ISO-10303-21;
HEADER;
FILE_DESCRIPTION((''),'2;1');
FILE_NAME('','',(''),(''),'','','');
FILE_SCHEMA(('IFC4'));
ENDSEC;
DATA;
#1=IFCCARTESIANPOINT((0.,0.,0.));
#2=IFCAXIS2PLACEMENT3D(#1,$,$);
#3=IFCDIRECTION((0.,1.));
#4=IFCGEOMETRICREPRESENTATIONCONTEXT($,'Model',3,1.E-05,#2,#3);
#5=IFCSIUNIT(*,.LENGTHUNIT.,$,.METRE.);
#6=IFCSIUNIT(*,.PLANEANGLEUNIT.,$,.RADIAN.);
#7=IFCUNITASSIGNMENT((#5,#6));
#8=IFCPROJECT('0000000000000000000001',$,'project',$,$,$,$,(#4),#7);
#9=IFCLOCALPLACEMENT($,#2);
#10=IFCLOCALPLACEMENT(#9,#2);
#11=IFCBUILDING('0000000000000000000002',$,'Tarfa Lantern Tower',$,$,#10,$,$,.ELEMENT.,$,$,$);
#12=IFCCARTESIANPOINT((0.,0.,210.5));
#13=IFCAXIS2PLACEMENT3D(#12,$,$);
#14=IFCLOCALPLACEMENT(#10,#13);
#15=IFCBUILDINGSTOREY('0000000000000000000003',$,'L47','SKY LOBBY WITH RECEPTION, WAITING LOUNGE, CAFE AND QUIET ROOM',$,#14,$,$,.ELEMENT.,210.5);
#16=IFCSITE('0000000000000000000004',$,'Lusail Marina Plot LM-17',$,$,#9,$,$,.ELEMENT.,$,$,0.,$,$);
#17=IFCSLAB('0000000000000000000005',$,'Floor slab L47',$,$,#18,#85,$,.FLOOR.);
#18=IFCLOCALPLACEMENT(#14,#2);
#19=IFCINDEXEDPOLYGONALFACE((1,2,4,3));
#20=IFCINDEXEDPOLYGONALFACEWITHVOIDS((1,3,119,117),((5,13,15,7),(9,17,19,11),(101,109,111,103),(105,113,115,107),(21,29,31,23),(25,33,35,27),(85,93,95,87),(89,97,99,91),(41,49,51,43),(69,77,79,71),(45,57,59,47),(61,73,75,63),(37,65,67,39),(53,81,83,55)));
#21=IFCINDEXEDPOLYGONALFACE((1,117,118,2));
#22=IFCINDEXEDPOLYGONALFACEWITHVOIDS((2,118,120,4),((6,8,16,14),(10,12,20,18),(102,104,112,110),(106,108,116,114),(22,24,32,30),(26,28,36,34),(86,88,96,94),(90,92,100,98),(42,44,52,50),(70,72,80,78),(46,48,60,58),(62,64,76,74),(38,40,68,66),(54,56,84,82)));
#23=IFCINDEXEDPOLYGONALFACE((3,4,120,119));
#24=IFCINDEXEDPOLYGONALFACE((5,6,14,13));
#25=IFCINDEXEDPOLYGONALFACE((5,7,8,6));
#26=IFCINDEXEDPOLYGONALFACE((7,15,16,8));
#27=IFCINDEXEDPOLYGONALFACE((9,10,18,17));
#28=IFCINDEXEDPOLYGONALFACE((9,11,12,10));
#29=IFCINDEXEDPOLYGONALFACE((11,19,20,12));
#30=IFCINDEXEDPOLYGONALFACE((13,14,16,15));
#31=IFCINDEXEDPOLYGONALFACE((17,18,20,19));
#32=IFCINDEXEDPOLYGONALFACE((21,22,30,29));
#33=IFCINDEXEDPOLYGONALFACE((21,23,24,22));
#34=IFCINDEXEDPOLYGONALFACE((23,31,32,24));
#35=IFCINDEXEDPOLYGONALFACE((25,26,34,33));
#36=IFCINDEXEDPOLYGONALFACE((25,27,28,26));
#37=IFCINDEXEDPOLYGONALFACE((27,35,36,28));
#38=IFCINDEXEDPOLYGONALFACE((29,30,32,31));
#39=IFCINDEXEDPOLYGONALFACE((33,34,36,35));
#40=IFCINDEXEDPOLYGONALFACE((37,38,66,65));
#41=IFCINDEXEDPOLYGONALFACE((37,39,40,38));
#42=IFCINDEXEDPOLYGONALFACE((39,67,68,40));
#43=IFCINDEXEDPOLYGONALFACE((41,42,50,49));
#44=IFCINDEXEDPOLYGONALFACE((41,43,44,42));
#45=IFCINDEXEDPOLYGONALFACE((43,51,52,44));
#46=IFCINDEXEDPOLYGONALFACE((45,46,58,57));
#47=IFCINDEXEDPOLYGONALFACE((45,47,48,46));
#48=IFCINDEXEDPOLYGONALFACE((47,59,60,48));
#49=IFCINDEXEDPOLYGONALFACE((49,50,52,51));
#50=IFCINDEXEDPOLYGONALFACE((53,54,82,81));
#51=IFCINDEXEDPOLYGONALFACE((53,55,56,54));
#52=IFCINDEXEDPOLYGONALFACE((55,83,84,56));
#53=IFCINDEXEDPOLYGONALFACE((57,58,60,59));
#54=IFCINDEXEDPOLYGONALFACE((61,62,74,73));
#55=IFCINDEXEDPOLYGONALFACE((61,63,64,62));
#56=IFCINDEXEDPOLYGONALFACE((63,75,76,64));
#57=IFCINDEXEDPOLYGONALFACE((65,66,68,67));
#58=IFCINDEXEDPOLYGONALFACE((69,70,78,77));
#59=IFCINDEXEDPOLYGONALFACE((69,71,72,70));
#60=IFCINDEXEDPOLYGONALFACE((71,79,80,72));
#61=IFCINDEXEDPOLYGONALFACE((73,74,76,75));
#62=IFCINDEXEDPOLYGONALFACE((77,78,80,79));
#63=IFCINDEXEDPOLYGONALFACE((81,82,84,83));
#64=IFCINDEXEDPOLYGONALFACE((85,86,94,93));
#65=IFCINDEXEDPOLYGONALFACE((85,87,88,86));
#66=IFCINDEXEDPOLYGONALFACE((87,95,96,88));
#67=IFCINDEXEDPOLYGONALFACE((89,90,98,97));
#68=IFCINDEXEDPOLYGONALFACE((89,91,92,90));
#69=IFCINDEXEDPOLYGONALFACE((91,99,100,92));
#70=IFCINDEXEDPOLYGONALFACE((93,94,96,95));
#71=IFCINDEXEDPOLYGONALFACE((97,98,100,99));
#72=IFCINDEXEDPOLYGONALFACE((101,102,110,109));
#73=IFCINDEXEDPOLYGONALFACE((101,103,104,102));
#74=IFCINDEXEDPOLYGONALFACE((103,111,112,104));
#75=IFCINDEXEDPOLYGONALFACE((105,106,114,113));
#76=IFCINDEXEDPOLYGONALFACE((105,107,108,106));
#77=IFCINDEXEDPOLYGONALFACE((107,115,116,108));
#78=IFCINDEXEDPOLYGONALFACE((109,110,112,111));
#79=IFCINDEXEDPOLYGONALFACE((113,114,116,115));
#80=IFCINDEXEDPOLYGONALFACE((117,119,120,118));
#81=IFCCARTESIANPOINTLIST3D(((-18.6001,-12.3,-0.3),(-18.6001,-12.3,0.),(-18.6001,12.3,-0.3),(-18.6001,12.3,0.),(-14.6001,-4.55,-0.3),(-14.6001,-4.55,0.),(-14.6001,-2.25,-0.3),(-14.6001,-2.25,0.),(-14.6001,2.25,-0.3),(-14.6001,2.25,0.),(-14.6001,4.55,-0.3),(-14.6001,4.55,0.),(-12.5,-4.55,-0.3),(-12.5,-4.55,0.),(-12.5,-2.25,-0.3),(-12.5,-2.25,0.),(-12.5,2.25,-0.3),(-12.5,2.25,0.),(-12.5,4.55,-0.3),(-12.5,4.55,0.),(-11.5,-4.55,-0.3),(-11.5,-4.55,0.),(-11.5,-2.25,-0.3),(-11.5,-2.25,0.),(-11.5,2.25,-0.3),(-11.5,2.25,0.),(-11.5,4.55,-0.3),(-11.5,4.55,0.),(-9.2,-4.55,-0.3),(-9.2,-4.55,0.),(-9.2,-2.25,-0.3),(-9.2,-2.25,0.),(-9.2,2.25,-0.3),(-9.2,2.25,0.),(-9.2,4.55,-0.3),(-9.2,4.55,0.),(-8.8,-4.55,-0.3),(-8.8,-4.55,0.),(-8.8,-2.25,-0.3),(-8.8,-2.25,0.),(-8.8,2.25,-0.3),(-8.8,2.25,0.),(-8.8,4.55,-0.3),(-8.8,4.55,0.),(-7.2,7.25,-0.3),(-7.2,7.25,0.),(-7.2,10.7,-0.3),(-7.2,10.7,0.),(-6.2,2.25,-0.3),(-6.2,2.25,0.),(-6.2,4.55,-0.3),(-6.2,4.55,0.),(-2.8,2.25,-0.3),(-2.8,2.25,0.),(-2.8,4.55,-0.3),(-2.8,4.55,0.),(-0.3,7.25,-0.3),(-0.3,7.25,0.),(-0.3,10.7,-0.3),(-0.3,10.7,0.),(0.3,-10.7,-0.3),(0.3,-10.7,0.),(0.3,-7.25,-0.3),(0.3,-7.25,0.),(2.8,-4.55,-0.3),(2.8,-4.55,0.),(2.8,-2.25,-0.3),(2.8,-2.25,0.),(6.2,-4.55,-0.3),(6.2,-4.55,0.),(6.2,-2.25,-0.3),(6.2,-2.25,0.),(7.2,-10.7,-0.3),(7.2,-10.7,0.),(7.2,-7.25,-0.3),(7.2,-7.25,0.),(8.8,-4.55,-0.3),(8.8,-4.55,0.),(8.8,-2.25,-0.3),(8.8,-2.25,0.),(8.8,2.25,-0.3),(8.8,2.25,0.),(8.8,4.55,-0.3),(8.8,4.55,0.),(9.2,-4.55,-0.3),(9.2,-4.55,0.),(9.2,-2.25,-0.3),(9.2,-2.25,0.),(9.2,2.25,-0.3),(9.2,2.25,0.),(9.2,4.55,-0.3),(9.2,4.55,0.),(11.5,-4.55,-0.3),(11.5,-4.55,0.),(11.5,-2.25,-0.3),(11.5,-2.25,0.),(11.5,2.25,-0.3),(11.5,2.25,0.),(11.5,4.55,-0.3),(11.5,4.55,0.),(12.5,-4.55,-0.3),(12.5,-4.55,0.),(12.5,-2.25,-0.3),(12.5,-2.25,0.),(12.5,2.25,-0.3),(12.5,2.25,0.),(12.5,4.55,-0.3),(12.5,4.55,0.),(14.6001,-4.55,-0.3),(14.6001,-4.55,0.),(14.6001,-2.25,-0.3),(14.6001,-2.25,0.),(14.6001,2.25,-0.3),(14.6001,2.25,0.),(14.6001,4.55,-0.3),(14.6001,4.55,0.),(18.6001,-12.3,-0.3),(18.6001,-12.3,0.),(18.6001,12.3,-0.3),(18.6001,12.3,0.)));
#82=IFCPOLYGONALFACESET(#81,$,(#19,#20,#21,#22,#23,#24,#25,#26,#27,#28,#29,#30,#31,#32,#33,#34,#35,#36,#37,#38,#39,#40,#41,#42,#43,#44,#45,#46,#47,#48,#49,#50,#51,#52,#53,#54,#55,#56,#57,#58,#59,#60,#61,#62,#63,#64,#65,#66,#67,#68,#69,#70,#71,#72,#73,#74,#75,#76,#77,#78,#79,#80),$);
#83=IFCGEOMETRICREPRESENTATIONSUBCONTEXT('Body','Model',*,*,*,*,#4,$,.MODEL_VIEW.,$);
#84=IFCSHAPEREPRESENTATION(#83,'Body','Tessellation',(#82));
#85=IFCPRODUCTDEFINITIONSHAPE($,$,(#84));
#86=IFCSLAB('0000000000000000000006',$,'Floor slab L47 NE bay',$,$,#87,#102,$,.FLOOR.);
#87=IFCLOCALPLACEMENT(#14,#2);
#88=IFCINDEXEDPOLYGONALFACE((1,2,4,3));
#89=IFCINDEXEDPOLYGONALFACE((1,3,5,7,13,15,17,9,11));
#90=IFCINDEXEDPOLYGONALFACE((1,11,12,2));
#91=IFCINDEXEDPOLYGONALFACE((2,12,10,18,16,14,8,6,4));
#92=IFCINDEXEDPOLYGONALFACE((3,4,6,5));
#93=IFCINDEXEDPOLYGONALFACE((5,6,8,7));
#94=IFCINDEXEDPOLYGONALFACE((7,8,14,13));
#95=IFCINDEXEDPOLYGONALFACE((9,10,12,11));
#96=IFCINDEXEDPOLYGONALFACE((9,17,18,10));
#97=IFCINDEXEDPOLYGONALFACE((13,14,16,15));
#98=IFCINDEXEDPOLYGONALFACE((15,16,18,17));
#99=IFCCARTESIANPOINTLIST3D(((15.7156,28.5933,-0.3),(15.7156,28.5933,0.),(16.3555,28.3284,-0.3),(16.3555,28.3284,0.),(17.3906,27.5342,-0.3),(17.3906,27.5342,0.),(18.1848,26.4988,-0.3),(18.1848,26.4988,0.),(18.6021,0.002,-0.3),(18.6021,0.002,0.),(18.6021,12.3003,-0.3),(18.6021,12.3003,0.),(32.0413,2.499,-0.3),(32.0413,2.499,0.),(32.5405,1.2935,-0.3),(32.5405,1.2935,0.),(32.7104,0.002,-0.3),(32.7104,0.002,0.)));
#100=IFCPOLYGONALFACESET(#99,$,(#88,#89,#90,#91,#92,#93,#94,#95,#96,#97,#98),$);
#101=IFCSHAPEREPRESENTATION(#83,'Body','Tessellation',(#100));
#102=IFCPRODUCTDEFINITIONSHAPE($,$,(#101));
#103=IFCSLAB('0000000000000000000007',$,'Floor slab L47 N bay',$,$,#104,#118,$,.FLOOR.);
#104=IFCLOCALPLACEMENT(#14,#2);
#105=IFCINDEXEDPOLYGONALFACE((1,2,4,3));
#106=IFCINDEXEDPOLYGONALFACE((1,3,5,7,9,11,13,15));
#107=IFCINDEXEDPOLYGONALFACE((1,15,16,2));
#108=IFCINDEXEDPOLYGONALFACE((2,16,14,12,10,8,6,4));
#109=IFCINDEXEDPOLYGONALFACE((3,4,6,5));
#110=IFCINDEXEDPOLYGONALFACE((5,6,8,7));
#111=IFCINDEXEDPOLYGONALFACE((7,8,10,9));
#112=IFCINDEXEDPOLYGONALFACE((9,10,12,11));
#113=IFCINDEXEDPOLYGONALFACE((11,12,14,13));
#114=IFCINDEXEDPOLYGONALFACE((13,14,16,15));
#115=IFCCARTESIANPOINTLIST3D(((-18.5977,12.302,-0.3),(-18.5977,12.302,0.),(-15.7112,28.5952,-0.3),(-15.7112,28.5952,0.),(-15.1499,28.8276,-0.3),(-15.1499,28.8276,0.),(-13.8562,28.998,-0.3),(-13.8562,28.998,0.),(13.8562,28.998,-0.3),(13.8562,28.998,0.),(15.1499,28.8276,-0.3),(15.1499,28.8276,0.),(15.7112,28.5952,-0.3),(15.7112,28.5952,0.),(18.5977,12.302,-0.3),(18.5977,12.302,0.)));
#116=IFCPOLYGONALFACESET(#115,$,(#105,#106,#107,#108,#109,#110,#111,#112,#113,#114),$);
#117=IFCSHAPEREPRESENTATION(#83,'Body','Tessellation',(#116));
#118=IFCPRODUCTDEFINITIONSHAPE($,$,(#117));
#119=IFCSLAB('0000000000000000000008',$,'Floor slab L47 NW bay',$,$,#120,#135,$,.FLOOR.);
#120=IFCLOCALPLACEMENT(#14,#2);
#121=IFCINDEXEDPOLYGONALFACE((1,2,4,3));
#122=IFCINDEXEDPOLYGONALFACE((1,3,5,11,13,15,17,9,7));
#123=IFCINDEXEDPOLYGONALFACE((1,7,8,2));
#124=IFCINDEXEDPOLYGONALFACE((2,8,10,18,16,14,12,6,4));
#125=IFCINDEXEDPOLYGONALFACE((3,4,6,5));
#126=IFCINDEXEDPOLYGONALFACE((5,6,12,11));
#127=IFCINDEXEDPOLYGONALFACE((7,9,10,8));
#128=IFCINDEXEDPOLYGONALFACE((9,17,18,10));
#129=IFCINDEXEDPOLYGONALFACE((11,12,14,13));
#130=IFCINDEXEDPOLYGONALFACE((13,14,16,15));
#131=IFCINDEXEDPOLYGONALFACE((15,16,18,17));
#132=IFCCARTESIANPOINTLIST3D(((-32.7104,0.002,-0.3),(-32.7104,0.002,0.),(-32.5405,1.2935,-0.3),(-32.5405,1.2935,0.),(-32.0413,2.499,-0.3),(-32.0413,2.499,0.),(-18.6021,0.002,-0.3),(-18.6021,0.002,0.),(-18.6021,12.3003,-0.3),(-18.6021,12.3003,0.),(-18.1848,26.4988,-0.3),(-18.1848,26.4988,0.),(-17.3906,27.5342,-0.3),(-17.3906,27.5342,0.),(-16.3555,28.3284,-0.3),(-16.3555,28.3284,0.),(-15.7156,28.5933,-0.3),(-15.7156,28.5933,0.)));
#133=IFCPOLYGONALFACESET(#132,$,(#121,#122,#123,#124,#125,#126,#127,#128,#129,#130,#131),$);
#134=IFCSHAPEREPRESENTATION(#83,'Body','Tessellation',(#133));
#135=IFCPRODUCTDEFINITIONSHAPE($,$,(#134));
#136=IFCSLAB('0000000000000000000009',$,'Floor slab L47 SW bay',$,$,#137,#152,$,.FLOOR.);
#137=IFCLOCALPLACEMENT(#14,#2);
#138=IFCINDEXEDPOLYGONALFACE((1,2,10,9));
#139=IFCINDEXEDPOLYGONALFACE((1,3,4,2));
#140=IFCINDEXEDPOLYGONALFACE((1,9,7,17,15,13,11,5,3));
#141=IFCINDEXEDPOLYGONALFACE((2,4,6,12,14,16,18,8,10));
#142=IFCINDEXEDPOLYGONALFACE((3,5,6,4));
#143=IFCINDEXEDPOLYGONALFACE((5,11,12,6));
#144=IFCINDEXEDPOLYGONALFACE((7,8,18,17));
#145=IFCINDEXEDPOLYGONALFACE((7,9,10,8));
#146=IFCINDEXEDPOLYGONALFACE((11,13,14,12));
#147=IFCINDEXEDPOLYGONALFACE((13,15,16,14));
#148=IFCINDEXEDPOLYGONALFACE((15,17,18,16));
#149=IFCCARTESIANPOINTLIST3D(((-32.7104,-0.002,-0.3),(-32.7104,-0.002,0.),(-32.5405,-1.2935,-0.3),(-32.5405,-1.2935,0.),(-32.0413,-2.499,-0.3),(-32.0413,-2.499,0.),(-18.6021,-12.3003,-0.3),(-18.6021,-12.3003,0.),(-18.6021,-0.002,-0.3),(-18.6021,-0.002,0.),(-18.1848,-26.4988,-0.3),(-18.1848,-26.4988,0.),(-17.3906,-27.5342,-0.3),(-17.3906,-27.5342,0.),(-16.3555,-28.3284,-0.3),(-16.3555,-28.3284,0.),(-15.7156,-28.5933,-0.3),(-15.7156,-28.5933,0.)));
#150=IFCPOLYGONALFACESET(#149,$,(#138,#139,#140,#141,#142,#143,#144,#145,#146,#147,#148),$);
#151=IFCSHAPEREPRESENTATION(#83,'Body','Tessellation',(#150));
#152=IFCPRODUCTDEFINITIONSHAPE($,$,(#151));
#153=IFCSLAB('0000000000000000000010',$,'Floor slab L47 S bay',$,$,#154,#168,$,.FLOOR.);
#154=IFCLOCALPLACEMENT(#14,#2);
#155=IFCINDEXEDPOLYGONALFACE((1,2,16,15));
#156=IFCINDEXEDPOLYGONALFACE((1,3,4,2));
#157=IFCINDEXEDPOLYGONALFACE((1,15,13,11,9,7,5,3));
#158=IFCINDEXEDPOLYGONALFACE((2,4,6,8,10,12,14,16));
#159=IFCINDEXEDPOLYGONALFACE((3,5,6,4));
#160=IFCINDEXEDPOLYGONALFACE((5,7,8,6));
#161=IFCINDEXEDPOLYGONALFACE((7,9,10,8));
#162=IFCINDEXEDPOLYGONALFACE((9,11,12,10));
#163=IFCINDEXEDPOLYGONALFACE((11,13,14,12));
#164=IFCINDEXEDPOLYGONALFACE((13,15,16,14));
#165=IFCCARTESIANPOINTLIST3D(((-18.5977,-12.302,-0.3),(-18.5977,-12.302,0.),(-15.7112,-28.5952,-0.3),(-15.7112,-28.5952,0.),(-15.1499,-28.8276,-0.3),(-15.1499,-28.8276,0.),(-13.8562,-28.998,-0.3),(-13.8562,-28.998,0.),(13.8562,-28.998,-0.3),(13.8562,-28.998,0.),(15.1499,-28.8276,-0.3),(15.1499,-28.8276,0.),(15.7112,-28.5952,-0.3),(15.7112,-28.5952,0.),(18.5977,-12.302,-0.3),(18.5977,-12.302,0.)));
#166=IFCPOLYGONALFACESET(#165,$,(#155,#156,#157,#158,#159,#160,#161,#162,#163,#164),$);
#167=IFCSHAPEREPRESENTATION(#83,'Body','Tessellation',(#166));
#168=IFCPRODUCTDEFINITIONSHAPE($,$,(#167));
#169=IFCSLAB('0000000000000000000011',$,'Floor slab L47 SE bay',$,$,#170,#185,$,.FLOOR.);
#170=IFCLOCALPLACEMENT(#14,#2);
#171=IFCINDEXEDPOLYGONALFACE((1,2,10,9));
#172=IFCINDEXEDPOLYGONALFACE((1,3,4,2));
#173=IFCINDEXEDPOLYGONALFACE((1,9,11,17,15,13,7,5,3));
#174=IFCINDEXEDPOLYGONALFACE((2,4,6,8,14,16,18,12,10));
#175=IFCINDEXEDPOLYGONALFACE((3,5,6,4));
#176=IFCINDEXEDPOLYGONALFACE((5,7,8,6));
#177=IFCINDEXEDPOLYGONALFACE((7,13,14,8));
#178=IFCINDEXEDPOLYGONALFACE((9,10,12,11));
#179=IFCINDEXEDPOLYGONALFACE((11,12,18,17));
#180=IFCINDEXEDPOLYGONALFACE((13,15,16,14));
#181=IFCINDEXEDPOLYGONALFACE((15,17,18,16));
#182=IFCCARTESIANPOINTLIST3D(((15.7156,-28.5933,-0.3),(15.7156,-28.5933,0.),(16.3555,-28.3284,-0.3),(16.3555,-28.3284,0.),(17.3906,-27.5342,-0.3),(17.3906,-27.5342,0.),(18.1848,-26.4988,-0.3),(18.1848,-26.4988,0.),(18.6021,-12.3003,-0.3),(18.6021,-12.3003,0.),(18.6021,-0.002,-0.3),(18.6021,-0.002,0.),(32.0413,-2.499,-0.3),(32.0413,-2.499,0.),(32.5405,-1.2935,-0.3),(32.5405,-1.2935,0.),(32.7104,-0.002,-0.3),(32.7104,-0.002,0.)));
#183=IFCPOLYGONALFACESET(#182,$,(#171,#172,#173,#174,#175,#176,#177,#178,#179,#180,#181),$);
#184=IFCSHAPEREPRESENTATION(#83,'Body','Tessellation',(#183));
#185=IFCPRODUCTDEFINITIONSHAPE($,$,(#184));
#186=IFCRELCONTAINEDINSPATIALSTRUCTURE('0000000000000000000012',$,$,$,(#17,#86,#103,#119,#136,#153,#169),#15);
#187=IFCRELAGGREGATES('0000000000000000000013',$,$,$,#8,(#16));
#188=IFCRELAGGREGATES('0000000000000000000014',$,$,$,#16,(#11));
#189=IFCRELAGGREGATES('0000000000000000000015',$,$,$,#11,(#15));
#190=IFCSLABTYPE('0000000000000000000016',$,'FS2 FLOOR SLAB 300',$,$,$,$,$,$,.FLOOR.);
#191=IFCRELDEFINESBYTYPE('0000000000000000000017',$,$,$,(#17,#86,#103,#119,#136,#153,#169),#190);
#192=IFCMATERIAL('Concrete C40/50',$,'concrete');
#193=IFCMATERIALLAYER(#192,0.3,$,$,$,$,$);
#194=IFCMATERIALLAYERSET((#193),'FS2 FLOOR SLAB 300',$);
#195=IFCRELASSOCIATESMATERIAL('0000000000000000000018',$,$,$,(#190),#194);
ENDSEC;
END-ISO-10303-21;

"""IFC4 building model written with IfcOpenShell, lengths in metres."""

from ifc_helpers import new_model, si_unit, direction, frame, origin, place, context, subcontext, project, spatial, polyline, outline, extrude, material, layer, layer_set, type_object, element, save


model = new_model("IFC4")

# Units and contexts
model_context = context("Model", 3, precision=1e-05, world=origin(), true_north=direction((0.0, 1.0)))
body_context = subcontext(model_context, "Body", "Model", "MODEL_VIEW")
ifc_project = project(units=[si_unit("LENGTHUNIT", "METRE"), si_unit("PLANEANGLEUNIT", "RADIAN")], contexts=[model_context])

# Site, building, storey
site_placement = place(None, origin())
site = spatial("IfcSite", under=ifc_project, at=site_placement, Name="Lusail Marina Plot LM-17", CompositionType="ELEMENT", RefElevation=0.0)
building_placement = place(site_placement, origin())
building = spatial("IfcBuilding", under=site, at=building_placement, Name="Tarfa Lantern Tower", CompositionType="ELEMENT")
storey_placement = place(building_placement, frame((0.0, 0.0, 210.5)))
storey = spatial("IfcBuildingStorey", under=building, at=storey_placement, Name="L47", Description="SKY LOBBY WITH RECEPTION, WAITING LOUNGE, CAFE AND QUIET ROOM", CompositionType="ELEMENT", Elevation=210.5)

# Slabs
ifc_material_1 = material(Name="Concrete C40/50", Category="concrete")
ifc_layer_1 = layer(ifc_material_1, 0.3)
ifc_layer_set_1 = layer_set([ifc_layer_1], Name="FS2 FLOOR SLAB 300")
slab_type = type_object("IfcSlabType", Name="FS2 FLOOR SLAB 300", PredefinedType="FLOOR", material=ifc_layer_set_1)
slab_1_placement = place(storey_placement, frame((0.0, 0.0, -0.3)))
element("IfcSlab", 1, at=slab_1_placement, inside=storey, type_object=slab_type, Name="Floor slab L47", PredefinedType="FLOOR", context=body_context, shape_type="SweptSolid", body=[
    extrude(outline(polyline([(-18.6001, -12.3), (18.6001, -12.3), (18.6001, 12.3), (-18.6001, 12.3), (-18.6001, -12.3)]), holes=[polyline([(-14.6001, 2.25), (-12.5, 2.25), (-12.5, 4.55), (-14.6001, 4.55), (-14.6001, 2.25)]), polyline([(-11.5, 2.25), (-9.2, 2.25), (-9.2, 4.55), (-11.5, 4.55), (-11.5, 2.25)]), polyline([(-8.8, 2.25), (-6.2, 2.25), (-6.2, 4.55), (-8.8, 4.55), (-8.8, 2.25)]), polyline([(-2.8, 2.25), (8.8, 2.25), (8.8, 4.55), (-2.8, 4.55), (-2.8, 2.25)]), polyline([(9.2, 2.25), (11.5, 2.25), (11.5, 4.55), (9.2, 4.55), (9.2, 2.25)]), polyline([(12.5, 2.25), (14.6001, 2.25), (14.6001, 4.55), (12.5, 4.55), (12.5, 2.25)]), polyline([(14.6001, -2.25), (12.5, -2.25), (12.5, -4.55), (14.6001, -4.55), (14.6001, -2.25)]), polyline([(11.5, -2.25), (9.2, -2.25), (9.2, -4.55), (11.5, -4.55), (11.5, -2.25)]), polyline([(8.8, -2.25), (6.2, -2.25), (6.2, -4.55), (8.8, -4.55), (8.8, -2.25)]), polyline([(2.8, -2.25), (-8.8, -2.25), (-8.8, -4.55), (2.8, -4.55), (2.8, -2.25)]), polyline([(-9.2, -2.25), (-11.5, -2.25), (-11.5, -4.55), (-9.2, -4.55), (-9.2, -2.25)]), polyline([(-12.5, -2.25), (-14.6001, -2.25), (-14.6001, -4.55), (-12.5, -4.55), (-12.5, -2.25)]), polyline([(-7.2, 7.25), (-0.3, 7.25), (-0.3, 10.7), (-7.2, 10.7), (-7.2, 7.25)]), polyline([(7.2, -7.25), (0.3, -7.25), (0.3, -10.7), (7.2, -10.7), (7.2, -7.25)])]), origin(), (0.0, 0.0, 1.0), 0.3),
])
slab_2_placement = place(storey_placement, frame((0.0, 0.0, -0.3)))
element("IfcSlab", 2, at=slab_2_placement, inside=storey, type_object=slab_type, Name="Floor slab L47 NE bay", PredefinedType="FLOOR", context=body_context, shape_type="SweptSolid", body=[
    extrude(outline(polyline([(32.0413, 2.499), (18.1848, 26.4988), (17.3906, 27.5342), (16.3555, 28.3284), (15.7156, 28.5933), (18.6021, 12.3003), (18.6021, 0.002), (32.7104, 0.002), (32.5405, 1.2935), (32.0413, 2.499)])), origin(), (0.0, 0.0, 1.0), 0.3),
])
slab_3_placement = place(storey_placement, frame((0.0, 0.0, -0.3)))
element("IfcSlab", 3, at=slab_3_placement, inside=storey, type_object=slab_type, Name="Floor slab L47 N bay", PredefinedType="FLOOR", context=body_context, shape_type="SweptSolid", body=[
    extrude(outline(polyline([(-18.5977, 12.302), (18.5977, 12.302), (15.7112, 28.5952), (15.1499, 28.8276), (13.8562, 28.998), (-13.8562, 28.998), (-15.1499, 28.8276), (-15.7112, 28.5952), (-18.5977, 12.302)])), origin(), (0.0, 0.0, 1.0), 0.3),
])
slab_4_placement = place(storey_placement, frame((0.0, 0.0, -0.3)))
element("IfcSlab", 4, at=slab_4_placement, inside=storey, type_object=slab_type, Name="Floor slab L47 NW bay", PredefinedType="FLOOR", context=body_context, shape_type="SweptSolid", body=[
    extrude(outline(polyline([(-18.6021, 0.002), (-18.6021, 12.3003), (-15.7156, 28.5933), (-16.3555, 28.3284), (-17.3906, 27.5342), (-18.1848, 26.4988), (-32.0413, 2.499), (-32.5405, 1.2935), (-32.7104, 0.002), (-18.6021, 0.002)])), origin(), (0.0, 0.0, 1.0), 0.3),
])
slab_5_placement = place(storey_placement, frame((0.0, 0.0, -0.3)))
element("IfcSlab", 5, at=slab_5_placement, inside=storey, type_object=slab_type, Name="Floor slab L47 SW bay", PredefinedType="FLOOR", context=body_context, shape_type="SweptSolid", body=[
    extrude(outline(polyline([(-18.6021, -12.3003), (-18.6021, -0.002), (-32.7104, -0.002), (-32.5405, -1.2935), (-32.0413, -2.499), (-18.1848, -26.4988), (-17.3906, -27.5342), (-16.3555, -28.3284), (-15.7156, -28.5933), (-18.6021, -12.3003)])), origin(), (0.0, 0.0, 1.0), 0.3),
])
slab_6_placement = place(storey_placement, frame((0.0, 0.0, -0.3)))
element("IfcSlab", 6, at=slab_6_placement, inside=storey, type_object=slab_type, Name="Floor slab L47 S bay", PredefinedType="FLOOR", context=body_context, shape_type="SweptSolid", body=[
    extrude(outline(polyline([(18.5977, -12.302), (-18.5977, -12.302), (-15.7112, -28.5952), (-15.1499, -28.8276), (-13.8562, -28.998), (13.8562, -28.998), (15.1499, -28.8276), (15.7112, -28.5952), (18.5977, -12.302)])), origin(), (0.0, 0.0, 1.0), 0.3),
])
slab_7_placement = place(storey_placement, frame((0.0, 0.0, -0.3)))
element("IfcSlab", 7, at=slab_7_placement, inside=storey, type_object=slab_type, Name="Floor slab L47 SE bay", PredefinedType="FLOOR", context=body_context, shape_type="SweptSolid", body=[
    extrude(outline(polyline([(18.6021, -0.002), (18.6021, -12.3003), (15.7156, -28.5933), (16.3555, -28.3284), (17.3906, -27.5342), (18.1848, -26.4988), (32.0413, -2.499), (32.5405, -1.2935), (32.7104, -0.002), (18.6021, -0.002)])), origin(), (0.0, 0.0, 1.0), 0.3),
])

save(model, "model.ifc")
